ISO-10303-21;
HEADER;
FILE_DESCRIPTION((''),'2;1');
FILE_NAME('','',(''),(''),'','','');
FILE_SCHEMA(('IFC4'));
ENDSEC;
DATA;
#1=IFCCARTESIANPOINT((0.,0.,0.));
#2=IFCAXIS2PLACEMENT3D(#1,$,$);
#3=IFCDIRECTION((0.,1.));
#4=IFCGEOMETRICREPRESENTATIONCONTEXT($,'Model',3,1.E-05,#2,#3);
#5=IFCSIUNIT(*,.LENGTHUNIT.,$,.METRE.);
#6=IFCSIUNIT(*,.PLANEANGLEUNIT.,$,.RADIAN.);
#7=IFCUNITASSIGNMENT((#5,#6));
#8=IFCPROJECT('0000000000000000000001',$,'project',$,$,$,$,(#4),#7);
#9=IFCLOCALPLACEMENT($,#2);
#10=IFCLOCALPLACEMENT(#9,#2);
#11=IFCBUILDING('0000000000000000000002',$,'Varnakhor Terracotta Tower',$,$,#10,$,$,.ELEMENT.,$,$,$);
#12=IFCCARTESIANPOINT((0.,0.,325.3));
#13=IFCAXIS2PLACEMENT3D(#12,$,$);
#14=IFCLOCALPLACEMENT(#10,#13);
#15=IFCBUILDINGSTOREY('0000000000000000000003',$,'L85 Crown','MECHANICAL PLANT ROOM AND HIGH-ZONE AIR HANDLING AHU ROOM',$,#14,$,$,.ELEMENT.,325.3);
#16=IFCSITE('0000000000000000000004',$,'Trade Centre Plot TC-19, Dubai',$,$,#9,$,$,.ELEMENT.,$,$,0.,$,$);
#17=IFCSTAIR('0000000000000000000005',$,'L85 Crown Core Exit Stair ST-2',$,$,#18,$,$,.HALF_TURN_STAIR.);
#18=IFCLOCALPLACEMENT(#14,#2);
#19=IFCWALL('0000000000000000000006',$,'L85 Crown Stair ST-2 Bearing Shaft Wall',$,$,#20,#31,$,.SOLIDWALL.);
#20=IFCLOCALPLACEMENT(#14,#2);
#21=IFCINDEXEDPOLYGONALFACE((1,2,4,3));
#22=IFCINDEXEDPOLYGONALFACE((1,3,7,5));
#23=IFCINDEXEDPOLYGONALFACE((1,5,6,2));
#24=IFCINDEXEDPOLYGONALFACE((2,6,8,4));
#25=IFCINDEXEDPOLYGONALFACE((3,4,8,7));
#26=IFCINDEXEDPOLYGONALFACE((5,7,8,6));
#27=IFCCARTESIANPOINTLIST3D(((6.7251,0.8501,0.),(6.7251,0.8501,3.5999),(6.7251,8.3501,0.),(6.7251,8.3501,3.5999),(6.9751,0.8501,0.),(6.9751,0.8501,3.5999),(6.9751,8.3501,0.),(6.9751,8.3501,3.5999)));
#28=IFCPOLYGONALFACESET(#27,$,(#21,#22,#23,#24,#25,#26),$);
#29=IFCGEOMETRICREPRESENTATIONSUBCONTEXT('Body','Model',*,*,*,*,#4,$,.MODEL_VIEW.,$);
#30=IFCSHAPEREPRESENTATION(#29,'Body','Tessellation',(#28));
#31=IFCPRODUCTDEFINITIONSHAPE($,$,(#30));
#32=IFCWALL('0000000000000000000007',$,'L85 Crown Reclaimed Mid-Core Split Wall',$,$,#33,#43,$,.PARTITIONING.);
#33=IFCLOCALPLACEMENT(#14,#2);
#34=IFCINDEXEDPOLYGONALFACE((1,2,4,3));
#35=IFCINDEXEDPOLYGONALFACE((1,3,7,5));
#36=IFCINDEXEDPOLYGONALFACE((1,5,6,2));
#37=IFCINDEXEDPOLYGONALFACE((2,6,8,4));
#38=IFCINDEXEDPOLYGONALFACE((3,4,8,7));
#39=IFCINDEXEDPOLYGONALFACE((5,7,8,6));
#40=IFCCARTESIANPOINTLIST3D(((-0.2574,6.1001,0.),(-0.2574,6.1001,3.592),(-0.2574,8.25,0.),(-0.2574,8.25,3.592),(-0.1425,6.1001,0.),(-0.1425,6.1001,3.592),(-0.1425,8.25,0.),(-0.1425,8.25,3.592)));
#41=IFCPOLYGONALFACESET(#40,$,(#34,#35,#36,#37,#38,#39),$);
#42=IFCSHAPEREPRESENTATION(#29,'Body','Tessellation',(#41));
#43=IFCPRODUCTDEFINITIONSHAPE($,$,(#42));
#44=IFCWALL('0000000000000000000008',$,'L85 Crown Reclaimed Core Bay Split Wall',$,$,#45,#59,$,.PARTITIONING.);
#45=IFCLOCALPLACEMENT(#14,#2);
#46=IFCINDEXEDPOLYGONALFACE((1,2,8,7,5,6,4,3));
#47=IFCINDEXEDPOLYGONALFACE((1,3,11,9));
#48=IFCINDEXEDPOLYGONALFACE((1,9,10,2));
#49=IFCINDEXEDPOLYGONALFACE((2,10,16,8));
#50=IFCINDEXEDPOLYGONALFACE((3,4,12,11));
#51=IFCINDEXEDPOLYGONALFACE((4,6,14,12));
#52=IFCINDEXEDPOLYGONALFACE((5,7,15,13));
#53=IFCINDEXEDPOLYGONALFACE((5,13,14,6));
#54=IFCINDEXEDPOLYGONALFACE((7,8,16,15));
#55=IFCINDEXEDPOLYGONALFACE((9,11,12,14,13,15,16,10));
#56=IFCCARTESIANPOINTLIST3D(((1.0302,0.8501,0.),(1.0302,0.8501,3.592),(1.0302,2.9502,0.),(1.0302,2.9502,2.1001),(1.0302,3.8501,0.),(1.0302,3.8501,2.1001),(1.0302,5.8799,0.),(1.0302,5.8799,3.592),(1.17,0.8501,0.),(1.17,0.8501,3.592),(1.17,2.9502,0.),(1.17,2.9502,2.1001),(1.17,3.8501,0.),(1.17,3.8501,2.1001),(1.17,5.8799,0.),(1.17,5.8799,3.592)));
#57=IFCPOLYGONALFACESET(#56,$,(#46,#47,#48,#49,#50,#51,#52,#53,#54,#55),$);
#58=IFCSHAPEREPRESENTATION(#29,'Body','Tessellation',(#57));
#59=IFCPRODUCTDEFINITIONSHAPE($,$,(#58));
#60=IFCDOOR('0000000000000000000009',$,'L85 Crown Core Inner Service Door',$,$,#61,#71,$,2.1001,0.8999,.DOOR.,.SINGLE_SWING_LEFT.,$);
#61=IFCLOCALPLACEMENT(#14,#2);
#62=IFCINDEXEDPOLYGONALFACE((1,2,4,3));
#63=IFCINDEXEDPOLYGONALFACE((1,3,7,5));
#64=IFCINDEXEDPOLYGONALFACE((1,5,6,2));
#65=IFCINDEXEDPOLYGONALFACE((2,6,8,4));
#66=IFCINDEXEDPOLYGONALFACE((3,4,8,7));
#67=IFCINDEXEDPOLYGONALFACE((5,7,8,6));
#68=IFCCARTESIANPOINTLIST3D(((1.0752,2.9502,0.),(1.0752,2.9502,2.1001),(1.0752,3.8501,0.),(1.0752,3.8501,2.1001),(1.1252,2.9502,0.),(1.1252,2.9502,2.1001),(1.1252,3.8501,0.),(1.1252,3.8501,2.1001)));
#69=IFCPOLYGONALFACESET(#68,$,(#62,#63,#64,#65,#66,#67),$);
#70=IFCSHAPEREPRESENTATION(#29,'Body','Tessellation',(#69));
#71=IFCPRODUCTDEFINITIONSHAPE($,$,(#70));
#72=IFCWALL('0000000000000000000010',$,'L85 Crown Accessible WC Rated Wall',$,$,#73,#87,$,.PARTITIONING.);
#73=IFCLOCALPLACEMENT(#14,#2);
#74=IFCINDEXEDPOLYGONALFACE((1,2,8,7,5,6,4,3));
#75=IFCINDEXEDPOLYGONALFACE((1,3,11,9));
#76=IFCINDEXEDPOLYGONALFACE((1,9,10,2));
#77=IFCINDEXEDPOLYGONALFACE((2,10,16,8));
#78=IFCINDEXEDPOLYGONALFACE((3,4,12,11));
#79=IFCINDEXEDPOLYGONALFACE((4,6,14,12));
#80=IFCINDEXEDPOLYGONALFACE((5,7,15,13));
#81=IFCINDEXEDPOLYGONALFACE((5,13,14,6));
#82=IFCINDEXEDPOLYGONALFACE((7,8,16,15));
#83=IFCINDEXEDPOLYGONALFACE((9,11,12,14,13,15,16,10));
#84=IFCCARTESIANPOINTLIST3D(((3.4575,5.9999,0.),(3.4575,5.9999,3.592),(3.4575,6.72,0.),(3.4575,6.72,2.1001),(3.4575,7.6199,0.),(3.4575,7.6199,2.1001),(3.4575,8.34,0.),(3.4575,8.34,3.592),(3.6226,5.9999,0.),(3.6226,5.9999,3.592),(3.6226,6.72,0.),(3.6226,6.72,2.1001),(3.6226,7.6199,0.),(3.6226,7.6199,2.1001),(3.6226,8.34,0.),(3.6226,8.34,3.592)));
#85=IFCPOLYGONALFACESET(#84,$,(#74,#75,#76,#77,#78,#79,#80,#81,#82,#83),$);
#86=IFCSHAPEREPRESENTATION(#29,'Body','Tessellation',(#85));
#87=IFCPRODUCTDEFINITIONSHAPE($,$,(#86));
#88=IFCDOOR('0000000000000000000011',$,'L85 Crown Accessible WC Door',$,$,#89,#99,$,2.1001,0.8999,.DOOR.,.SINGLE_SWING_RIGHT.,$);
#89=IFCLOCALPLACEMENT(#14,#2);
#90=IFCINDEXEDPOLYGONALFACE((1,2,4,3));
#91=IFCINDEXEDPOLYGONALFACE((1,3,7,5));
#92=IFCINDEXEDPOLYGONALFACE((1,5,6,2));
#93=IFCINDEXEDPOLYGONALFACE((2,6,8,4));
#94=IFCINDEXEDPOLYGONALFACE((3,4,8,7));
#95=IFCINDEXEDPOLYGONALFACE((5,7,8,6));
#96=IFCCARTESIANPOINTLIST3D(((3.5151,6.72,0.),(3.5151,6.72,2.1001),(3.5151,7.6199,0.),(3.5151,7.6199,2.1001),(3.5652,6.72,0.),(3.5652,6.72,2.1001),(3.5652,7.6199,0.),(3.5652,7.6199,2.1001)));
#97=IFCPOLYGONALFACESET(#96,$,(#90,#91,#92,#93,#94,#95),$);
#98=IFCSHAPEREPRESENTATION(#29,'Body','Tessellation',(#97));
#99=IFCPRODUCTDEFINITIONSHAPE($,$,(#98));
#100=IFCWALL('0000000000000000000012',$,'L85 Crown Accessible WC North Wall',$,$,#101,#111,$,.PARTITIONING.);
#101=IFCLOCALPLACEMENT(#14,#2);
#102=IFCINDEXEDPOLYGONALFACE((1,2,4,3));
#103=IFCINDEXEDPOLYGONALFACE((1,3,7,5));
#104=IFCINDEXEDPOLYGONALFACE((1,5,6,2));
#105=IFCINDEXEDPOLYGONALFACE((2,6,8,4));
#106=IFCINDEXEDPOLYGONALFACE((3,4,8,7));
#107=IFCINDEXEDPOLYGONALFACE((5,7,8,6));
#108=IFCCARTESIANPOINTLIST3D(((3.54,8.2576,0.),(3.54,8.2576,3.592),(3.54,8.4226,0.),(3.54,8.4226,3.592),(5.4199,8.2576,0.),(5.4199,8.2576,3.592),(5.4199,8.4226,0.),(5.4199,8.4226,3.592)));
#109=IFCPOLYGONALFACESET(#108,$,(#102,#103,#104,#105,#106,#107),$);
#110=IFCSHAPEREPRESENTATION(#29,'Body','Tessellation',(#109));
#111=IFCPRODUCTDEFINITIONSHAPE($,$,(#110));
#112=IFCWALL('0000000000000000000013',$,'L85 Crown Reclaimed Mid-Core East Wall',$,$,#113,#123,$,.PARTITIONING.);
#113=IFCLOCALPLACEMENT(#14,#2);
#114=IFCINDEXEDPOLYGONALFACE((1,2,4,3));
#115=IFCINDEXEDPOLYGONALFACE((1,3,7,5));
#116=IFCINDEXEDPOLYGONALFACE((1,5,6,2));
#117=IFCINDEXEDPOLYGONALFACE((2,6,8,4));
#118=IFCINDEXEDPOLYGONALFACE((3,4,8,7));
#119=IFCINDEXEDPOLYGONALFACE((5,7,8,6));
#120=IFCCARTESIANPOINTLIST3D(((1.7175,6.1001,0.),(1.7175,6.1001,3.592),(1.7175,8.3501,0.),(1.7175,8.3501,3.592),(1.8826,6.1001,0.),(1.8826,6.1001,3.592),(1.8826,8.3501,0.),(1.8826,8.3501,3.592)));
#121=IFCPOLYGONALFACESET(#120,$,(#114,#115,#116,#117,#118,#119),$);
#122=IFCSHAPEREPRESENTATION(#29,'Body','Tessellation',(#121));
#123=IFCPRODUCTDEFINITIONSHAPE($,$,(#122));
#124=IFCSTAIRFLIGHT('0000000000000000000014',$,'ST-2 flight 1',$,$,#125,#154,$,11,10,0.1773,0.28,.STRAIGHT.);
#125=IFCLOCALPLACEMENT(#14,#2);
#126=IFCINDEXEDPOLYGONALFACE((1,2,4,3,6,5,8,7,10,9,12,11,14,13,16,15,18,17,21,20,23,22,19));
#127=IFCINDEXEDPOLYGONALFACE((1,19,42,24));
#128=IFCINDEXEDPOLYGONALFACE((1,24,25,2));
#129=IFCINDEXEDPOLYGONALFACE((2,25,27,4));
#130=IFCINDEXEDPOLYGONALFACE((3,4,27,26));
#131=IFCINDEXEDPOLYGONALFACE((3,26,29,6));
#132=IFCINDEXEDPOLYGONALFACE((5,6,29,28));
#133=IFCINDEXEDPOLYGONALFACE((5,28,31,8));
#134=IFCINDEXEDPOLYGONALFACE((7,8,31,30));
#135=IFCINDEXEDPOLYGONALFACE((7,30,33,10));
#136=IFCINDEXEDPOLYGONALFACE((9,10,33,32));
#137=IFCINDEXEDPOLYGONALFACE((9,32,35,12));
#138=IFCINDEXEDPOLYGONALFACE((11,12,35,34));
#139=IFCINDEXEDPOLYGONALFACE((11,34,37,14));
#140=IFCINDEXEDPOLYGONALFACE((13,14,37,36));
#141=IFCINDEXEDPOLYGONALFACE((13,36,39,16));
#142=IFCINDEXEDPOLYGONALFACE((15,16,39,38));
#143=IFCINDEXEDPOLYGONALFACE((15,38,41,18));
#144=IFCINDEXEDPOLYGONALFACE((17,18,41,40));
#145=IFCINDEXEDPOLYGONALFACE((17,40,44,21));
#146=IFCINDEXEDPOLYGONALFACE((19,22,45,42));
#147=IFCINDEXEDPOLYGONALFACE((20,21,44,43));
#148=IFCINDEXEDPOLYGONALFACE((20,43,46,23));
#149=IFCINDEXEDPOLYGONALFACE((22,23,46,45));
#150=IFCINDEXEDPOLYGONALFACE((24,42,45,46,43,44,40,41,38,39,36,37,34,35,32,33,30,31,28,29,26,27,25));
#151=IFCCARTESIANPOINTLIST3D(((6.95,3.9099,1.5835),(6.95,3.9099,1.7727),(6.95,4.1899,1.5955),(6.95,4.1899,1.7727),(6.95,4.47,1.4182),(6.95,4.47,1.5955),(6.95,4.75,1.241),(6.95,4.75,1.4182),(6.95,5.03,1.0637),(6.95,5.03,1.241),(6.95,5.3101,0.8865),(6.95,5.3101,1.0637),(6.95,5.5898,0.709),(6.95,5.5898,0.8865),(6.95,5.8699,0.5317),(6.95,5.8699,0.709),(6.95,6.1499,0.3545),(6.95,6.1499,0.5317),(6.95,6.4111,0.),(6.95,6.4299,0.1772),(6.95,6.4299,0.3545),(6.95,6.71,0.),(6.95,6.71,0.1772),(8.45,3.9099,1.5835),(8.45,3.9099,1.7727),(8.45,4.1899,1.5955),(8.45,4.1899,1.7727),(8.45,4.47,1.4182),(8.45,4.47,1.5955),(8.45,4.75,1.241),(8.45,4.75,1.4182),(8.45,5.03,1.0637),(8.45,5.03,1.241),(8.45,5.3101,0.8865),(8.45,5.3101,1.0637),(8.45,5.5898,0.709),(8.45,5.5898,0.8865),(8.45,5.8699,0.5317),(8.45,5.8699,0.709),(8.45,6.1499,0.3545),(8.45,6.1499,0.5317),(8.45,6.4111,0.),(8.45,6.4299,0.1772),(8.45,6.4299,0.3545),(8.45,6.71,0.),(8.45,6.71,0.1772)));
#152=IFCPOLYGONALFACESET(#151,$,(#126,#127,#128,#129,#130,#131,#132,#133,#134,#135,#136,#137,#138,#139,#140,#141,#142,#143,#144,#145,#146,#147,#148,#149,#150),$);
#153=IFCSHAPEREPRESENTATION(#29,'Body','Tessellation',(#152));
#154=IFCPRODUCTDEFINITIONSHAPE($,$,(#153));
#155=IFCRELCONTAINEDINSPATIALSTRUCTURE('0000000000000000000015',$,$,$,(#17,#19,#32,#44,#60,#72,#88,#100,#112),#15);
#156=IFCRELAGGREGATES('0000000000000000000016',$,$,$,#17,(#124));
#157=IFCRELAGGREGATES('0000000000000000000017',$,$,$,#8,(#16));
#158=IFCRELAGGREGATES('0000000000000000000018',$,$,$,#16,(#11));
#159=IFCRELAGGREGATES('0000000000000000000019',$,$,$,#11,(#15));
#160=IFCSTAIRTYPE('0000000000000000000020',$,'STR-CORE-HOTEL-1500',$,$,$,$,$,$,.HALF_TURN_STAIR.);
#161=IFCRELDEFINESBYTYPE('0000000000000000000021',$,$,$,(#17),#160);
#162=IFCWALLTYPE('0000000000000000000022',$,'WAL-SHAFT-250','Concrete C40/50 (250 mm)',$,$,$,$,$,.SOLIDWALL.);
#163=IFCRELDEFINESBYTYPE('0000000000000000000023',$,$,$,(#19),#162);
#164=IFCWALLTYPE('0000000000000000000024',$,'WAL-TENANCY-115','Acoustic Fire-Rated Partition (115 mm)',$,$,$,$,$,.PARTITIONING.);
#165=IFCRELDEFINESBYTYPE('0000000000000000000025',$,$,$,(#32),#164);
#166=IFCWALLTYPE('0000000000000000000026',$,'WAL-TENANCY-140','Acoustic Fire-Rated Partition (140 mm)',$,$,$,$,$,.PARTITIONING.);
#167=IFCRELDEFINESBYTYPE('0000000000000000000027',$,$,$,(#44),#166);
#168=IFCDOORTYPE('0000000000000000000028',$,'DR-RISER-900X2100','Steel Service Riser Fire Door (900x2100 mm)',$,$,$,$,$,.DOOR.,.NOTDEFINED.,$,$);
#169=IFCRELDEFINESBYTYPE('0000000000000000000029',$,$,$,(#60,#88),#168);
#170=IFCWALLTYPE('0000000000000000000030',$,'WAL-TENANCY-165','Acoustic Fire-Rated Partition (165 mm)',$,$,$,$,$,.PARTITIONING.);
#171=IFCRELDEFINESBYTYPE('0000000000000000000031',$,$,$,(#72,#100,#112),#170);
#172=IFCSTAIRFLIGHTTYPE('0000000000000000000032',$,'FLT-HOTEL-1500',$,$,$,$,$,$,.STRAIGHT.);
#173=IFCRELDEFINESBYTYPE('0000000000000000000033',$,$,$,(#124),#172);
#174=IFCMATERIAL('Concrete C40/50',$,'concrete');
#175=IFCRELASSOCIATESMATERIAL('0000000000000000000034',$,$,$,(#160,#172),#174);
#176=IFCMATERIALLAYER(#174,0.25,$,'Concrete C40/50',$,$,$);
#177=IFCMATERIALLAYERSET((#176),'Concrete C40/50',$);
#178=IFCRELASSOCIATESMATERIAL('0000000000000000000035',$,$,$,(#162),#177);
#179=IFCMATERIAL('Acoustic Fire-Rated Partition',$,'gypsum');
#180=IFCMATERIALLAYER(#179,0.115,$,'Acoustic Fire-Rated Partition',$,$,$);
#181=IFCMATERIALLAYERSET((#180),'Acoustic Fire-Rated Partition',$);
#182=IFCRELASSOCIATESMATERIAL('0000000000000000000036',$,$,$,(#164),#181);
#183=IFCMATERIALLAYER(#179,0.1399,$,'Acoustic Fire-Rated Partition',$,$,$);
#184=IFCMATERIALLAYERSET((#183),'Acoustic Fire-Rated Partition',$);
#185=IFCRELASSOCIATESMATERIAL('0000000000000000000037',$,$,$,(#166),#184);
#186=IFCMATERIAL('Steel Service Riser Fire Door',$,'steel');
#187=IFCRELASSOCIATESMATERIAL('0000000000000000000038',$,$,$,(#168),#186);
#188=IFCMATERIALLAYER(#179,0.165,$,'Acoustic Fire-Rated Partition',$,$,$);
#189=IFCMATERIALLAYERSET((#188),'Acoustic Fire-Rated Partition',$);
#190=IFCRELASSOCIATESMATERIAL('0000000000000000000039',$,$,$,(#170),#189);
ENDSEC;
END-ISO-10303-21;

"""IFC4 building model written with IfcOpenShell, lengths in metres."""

from ifc_helpers import new_model, si_unit, direction, frame, frame_2d, origin, place, context, subcontext, project, spatial, polyline, rectangle, outline, extrude, source, transform, mapped, material, layer, layer_set, type_object, type_shapes, element, fill, aggregate, save


model = new_model("IFC4")

# Units and contexts
model_context = context("Model", 3, precision=1e-05, world=origin(), true_north=direction((0.0, 1.0)))
body_context = subcontext(model_context, "Body", "Model", "MODEL_VIEW")
ifc_project = project(units=[si_unit("LENGTHUNIT", "METRE"), si_unit("PLANEANGLEUNIT", "RADIAN")], contexts=[model_context])

# Site, building, storey
site_placement = place(None, origin())
site = spatial("IfcSite", under=ifc_project, at=site_placement, Name="Trade Centre Plot TC-19, Dubai", CompositionType="ELEMENT", RefElevation=0.0)
building_placement = place(site_placement, origin())
building = spatial("IfcBuilding", under=site, at=building_placement, Name="Varnakhor Terracotta Tower", CompositionType="ELEMENT")
storey_placement = place(building_placement, frame((0.0, 0.0, 325.3)))
storey = spatial("IfcBuildingStorey", under=building, at=storey_placement, Name="L85 Crown", Description="MECHANICAL PLANT ROOM AND HIGH-ZONE AIR HANDLING AHU ROOM", CompositionType="ELEMENT", Elevation=325.3)

# Stair
ifc_material_1 = material(Name="Concrete C40/50", Category="concrete")
stair_type = type_object("IfcStairType", Name="STR-CORE-HOTEL-1500", PredefinedType="HALF_TURN_STAIR", material=ifc_material_1)
stair_1_placement = place(storey_placement, origin())
stair_1 = element("IfcStair", 1, at=stair_1_placement, inside=storey, type_object=stair_type, Name="L85 Crown Core Exit Stair ST-2", PredefinedType="HALF_TURN_STAIR")

# Walls
ifc_layer_1 = layer(ifc_material_1, 0.25, Name="Concrete C40/50")
ifc_layer_set_1 = layer_set([ifc_layer_1], Name="Concrete C40/50")
wall_type_1 = type_object("IfcWallType", Name="WAL-SHAFT-250", Description="Concrete C40/50 (250 mm)", PredefinedType="SOLIDWALL", material=ifc_layer_set_1)
wall_1_placement = place(storey_placement, frame((6.8501, 0.8501, 0.0), z_axis=(0.0, 0.0, 1.0), x_axis=(0.0, 1.0, 0.0)))
element("IfcWall", 2, at=wall_1_placement, inside=storey, type_object=wall_type_1, Name="L85 Crown Stair ST-2 Bearing Shaft Wall", PredefinedType="SOLIDWALL", context=body_context, shape_type="SweptSolid", body=[
    extrude(rectangle(XDim=7.5, YDim=0.25, at=frame_2d((3.75, 0.0))), origin(), (0.0, 0.0, 1.0), 3.5999),
])
ifc_material_2 = material(Name="Acoustic Fire-Rated Partition", Category="gypsum")
ifc_layer_2 = layer(ifc_material_2, 0.115, Name="Acoustic Fire-Rated Partition")
ifc_layer_set_2 = layer_set([ifc_layer_2], Name="Acoustic Fire-Rated Partition")
wall_type_2 = type_object("IfcWallType", Name="WAL-TENANCY-115", Description="Acoustic Fire-Rated Partition (115 mm)", PredefinedType="PARTITIONING", material=ifc_layer_set_2)
wall_2_placement = place(storey_placement, frame((-0.2, 6.1001, 0.0), z_axis=(0.0, 0.0, 1.0), x_axis=(0.0, 1.0, 0.0)))
element("IfcWall", 3, at=wall_2_placement, inside=storey, type_object=wall_type_2, Name="L85 Crown Reclaimed Mid-Core Split Wall", PredefinedType="PARTITIONING", context=body_context, shape_type="SweptSolid", body=[
    extrude(rectangle(XDim=2.1499, YDim=0.115, at=frame_2d((1.075, 0.0))), origin(), (0.0, 0.0, 1.0), 3.592),
])

# Walls, openings, doors
ifc_layer_3 = layer(ifc_material_2, 0.1399, Name="Acoustic Fire-Rated Partition")
ifc_layer_set_3 = layer_set([ifc_layer_3], Name="Acoustic Fire-Rated Partition")
wall_type_3 = type_object("IfcWallType", Name="WAL-TENANCY-140", Description="Acoustic Fire-Rated Partition (140 mm)", PredefinedType="PARTITIONING", material=ifc_layer_set_3)
wall_3_placement = place(storey_placement, frame((1.1001, 0.8501, 0.0), z_axis=(0.0, 0.0, 1.0), x_axis=(0.0, 1.0, 0.0)))
wall_3 = element("IfcWall", 4, at=wall_3_placement, inside=storey, type_object=wall_type_3, Name="L85 Crown Reclaimed Core Bay Split Wall", PredefinedType="PARTITIONING", context=body_context, shape_type="SweptSolid", body=[
    extrude(rectangle(XDim=5.0298, YDim=0.1399, at=frame_2d((2.5149, 0.0))), origin(), (0.0, 0.0, 1.0), 3.592),
])
opening_1_placement = place(wall_3_placement, frame((2.1001, 0.0, 0.0)))
opening_1 = element("IfcOpeningElement", 5, at=opening_1_placement, cuts=wall_3, PredefinedType="OPENING", context=body_context, shape_type="SweptSolid", body=[
    extrude(rectangle(XDim=0.8999, YDim=2.1001, at=frame_2d((0.45, 1.05))), frame((0.0, 0.0801, 0.0), z_axis=(0.0, -1.0, 0.0), x_axis=(1.0, 0.0, 0.0)), (0.0, 0.0, 1.0), 0.1599),
])
ifc_material_3 = material(Name="Steel Service Riser Fire Door", Category="steel")
door_type_1 = type_object("IfcDoorType", Name="DR-RISER-900X2100", Description="Steel Service Riser Fire Door (900x2100 mm)", OperationType="NOTDEFINED", PredefinedType="DOOR", material=ifc_material_3)
shared_shape_1 = source(origin(), body_context, "Body", "SweptSolid", [
    extrude(rectangle(XDim=0.8999, YDim=2.1001, at=frame_2d((0.45, 1.05))), frame((0.0, 0.0249, 0.0), z_axis=(0.0, -1.0, 0.0), x_axis=(1.0, 0.0, 0.0)), (0.0, 0.0, 1.0), 0.05),
])
type_shapes(door_type_1, [shared_shape_1])
door_1_placement = place(opening_1_placement, origin())
door_1 = element("IfcDoor", 6, at=door_1_placement, inside=storey, type_object=door_type_1, Name="L85 Crown Core Inner Service Door", OperationType="SINGLE_SWING_LEFT", OverallHeight=2.1001, OverallWidth=0.8999, PredefinedType="DOOR", context=body_context, shape_type="MappedRepresentation", body=[
    mapped(shared_shape_1, transform((0.0, 0.0, 0.0), scale=1.0)),
])
fill(opening_1, door_1)
ifc_layer_4 = layer(ifc_material_2, 0.165, Name="Acoustic Fire-Rated Partition")
ifc_layer_set_4 = layer_set([ifc_layer_4], Name="Acoustic Fire-Rated Partition")
wall_type_4 = type_object("IfcWallType", Name="WAL-TENANCY-165", Description="Acoustic Fire-Rated Partition (165 mm)", PredefinedType="PARTITIONING", material=ifc_layer_set_4)
wall_4_placement = place(storey_placement, frame((3.54, 6.0, 0.0), z_axis=(0.0, 0.0, 1.0), x_axis=(0.0, 1.0, 0.0)))
wall_4 = element("IfcWall", 7, at=wall_4_placement, inside=storey, type_object=wall_type_4, Name="L85 Crown Accessible WC Rated Wall", PredefinedType="PARTITIONING", context=body_context, shape_type="SweptSolid", body=[
    extrude(rectangle(XDim=2.3401, YDim=0.165, at=frame_2d((1.1699, 0.0))), origin(), (0.0, 0.0, 1.0), 3.592),
])
opening_2_placement = place(wall_4_placement, frame((0.72, 0.0, 0.0)))
opening_2 = element("IfcOpeningElement", 8, at=opening_2_placement, cuts=wall_4, PredefinedType="OPENING", context=body_context, shape_type="SweptSolid", body=[
    extrude(rectangle(XDim=0.8999, YDim=2.1001, at=frame_2d((0.45, 1.05))), frame((0.0, 0.0925, 0.0), z_axis=(0.0, -1.0, 0.0), x_axis=(1.0, 0.0, 0.0)), (0.0, 0.0, 1.0), 0.1851),
])
door_2_placement = place(opening_2_placement, origin())
door_2 = element("IfcDoor", 9, at=door_2_placement, inside=storey, type_object=door_type_1, Name="L85 Crown Accessible WC Door", OperationType="SINGLE_SWING_RIGHT", OverallHeight=2.1001, OverallWidth=0.8999, PredefinedType="DOOR", context=body_context, shape_type="MappedRepresentation", body=[
    mapped(shared_shape_1, transform((0.0, 0.0, 0.0), scale=1.0)),
])
fill(opening_2, door_2)

# Walls
wall_5_placement = place(storey_placement, frame((3.54, 8.3401, 0.0), z_axis=(0.0, 0.0, 1.0), x_axis=(1.0, 0.0, 0.0)))
element("IfcWall", 10, at=wall_5_placement, inside=storey, type_object=wall_type_4, Name="L85 Crown Accessible WC North Wall", PredefinedType="PARTITIONING", context=body_context, shape_type="SweptSolid", body=[
    extrude(rectangle(XDim=1.8799, YDim=0.165, at=frame_2d((0.9399, 0.0))), origin(), (0.0, 0.0, 1.0), 3.592),
])
wall_6_placement = place(storey_placement, frame((1.8, 6.1001, 0.0), z_axis=(0.0, 0.0, 1.0), x_axis=(0.0, 1.0, 0.0)))
element("IfcWall", 11, at=wall_6_placement, inside=storey, type_object=wall_type_4, Name="L85 Crown Reclaimed Mid-Core East Wall", PredefinedType="PARTITIONING", context=body_context, shape_type="SweptSolid", body=[
    extrude(rectangle(XDim=2.25, YDim=0.165, at=frame_2d((1.125, 0.0))), origin(), (0.0, 0.0, 1.0), 3.592),
])

# Stair flight
stair_flight_type = type_object("IfcStairFlightType", Name="FLT-HOTEL-1500", PredefinedType="STRAIGHT", material=ifc_material_1)
stair_flight_1_placement = place(storey_placement, frame((7.7, 6.71, 0.0), z_axis=(0.0, 0.0, 1.0), x_axis=(0.0, -1.0, 0.0)))
stair_flight_1 = element("IfcStairFlight", 12, at=stair_flight_1_placement, type_object=stair_flight_type, Name="ST-2 flight 1", NumberOfRisers=11, NumberOfTreads=10, PredefinedType="STRAIGHT", RiserHeight=0.1773, TreadLength=0.28, context=body_context, shape_type="SweptSolid", body=[
    extrude(outline(polyline([(0.0, 0.0), (0.0, 0.1772), (0.28, 0.1772), (0.28, 0.3545), (0.5601, 0.3545), (0.5601, 0.5317), (0.8401, 0.5317), (0.8401, 0.709), (1.1201, 0.709), (1.1201, 0.8865), (1.3999, 0.8865), (1.3999, 1.0637), (1.6799, 1.0637), (1.6799, 1.241), (1.96, 1.241), (1.96, 1.4182), (2.24, 1.4182), (2.24, 1.5955), (2.52, 1.5955), (2.52, 1.7727), (2.8, 1.7727), (2.8, 1.95), (2.8, 1.5835), (0.2988, 0.0), (0.0, 0.0)])), frame((0.0, 0.75, 0.0), z_axis=(0.0, -1.0, 0.0), x_axis=(1.0, 0.0, 0.0)), (0.0, 0.0, 1.0), 1.5),
])
aggregate(stair_1, [stair_flight_1])

save(model, "model.ifc")
